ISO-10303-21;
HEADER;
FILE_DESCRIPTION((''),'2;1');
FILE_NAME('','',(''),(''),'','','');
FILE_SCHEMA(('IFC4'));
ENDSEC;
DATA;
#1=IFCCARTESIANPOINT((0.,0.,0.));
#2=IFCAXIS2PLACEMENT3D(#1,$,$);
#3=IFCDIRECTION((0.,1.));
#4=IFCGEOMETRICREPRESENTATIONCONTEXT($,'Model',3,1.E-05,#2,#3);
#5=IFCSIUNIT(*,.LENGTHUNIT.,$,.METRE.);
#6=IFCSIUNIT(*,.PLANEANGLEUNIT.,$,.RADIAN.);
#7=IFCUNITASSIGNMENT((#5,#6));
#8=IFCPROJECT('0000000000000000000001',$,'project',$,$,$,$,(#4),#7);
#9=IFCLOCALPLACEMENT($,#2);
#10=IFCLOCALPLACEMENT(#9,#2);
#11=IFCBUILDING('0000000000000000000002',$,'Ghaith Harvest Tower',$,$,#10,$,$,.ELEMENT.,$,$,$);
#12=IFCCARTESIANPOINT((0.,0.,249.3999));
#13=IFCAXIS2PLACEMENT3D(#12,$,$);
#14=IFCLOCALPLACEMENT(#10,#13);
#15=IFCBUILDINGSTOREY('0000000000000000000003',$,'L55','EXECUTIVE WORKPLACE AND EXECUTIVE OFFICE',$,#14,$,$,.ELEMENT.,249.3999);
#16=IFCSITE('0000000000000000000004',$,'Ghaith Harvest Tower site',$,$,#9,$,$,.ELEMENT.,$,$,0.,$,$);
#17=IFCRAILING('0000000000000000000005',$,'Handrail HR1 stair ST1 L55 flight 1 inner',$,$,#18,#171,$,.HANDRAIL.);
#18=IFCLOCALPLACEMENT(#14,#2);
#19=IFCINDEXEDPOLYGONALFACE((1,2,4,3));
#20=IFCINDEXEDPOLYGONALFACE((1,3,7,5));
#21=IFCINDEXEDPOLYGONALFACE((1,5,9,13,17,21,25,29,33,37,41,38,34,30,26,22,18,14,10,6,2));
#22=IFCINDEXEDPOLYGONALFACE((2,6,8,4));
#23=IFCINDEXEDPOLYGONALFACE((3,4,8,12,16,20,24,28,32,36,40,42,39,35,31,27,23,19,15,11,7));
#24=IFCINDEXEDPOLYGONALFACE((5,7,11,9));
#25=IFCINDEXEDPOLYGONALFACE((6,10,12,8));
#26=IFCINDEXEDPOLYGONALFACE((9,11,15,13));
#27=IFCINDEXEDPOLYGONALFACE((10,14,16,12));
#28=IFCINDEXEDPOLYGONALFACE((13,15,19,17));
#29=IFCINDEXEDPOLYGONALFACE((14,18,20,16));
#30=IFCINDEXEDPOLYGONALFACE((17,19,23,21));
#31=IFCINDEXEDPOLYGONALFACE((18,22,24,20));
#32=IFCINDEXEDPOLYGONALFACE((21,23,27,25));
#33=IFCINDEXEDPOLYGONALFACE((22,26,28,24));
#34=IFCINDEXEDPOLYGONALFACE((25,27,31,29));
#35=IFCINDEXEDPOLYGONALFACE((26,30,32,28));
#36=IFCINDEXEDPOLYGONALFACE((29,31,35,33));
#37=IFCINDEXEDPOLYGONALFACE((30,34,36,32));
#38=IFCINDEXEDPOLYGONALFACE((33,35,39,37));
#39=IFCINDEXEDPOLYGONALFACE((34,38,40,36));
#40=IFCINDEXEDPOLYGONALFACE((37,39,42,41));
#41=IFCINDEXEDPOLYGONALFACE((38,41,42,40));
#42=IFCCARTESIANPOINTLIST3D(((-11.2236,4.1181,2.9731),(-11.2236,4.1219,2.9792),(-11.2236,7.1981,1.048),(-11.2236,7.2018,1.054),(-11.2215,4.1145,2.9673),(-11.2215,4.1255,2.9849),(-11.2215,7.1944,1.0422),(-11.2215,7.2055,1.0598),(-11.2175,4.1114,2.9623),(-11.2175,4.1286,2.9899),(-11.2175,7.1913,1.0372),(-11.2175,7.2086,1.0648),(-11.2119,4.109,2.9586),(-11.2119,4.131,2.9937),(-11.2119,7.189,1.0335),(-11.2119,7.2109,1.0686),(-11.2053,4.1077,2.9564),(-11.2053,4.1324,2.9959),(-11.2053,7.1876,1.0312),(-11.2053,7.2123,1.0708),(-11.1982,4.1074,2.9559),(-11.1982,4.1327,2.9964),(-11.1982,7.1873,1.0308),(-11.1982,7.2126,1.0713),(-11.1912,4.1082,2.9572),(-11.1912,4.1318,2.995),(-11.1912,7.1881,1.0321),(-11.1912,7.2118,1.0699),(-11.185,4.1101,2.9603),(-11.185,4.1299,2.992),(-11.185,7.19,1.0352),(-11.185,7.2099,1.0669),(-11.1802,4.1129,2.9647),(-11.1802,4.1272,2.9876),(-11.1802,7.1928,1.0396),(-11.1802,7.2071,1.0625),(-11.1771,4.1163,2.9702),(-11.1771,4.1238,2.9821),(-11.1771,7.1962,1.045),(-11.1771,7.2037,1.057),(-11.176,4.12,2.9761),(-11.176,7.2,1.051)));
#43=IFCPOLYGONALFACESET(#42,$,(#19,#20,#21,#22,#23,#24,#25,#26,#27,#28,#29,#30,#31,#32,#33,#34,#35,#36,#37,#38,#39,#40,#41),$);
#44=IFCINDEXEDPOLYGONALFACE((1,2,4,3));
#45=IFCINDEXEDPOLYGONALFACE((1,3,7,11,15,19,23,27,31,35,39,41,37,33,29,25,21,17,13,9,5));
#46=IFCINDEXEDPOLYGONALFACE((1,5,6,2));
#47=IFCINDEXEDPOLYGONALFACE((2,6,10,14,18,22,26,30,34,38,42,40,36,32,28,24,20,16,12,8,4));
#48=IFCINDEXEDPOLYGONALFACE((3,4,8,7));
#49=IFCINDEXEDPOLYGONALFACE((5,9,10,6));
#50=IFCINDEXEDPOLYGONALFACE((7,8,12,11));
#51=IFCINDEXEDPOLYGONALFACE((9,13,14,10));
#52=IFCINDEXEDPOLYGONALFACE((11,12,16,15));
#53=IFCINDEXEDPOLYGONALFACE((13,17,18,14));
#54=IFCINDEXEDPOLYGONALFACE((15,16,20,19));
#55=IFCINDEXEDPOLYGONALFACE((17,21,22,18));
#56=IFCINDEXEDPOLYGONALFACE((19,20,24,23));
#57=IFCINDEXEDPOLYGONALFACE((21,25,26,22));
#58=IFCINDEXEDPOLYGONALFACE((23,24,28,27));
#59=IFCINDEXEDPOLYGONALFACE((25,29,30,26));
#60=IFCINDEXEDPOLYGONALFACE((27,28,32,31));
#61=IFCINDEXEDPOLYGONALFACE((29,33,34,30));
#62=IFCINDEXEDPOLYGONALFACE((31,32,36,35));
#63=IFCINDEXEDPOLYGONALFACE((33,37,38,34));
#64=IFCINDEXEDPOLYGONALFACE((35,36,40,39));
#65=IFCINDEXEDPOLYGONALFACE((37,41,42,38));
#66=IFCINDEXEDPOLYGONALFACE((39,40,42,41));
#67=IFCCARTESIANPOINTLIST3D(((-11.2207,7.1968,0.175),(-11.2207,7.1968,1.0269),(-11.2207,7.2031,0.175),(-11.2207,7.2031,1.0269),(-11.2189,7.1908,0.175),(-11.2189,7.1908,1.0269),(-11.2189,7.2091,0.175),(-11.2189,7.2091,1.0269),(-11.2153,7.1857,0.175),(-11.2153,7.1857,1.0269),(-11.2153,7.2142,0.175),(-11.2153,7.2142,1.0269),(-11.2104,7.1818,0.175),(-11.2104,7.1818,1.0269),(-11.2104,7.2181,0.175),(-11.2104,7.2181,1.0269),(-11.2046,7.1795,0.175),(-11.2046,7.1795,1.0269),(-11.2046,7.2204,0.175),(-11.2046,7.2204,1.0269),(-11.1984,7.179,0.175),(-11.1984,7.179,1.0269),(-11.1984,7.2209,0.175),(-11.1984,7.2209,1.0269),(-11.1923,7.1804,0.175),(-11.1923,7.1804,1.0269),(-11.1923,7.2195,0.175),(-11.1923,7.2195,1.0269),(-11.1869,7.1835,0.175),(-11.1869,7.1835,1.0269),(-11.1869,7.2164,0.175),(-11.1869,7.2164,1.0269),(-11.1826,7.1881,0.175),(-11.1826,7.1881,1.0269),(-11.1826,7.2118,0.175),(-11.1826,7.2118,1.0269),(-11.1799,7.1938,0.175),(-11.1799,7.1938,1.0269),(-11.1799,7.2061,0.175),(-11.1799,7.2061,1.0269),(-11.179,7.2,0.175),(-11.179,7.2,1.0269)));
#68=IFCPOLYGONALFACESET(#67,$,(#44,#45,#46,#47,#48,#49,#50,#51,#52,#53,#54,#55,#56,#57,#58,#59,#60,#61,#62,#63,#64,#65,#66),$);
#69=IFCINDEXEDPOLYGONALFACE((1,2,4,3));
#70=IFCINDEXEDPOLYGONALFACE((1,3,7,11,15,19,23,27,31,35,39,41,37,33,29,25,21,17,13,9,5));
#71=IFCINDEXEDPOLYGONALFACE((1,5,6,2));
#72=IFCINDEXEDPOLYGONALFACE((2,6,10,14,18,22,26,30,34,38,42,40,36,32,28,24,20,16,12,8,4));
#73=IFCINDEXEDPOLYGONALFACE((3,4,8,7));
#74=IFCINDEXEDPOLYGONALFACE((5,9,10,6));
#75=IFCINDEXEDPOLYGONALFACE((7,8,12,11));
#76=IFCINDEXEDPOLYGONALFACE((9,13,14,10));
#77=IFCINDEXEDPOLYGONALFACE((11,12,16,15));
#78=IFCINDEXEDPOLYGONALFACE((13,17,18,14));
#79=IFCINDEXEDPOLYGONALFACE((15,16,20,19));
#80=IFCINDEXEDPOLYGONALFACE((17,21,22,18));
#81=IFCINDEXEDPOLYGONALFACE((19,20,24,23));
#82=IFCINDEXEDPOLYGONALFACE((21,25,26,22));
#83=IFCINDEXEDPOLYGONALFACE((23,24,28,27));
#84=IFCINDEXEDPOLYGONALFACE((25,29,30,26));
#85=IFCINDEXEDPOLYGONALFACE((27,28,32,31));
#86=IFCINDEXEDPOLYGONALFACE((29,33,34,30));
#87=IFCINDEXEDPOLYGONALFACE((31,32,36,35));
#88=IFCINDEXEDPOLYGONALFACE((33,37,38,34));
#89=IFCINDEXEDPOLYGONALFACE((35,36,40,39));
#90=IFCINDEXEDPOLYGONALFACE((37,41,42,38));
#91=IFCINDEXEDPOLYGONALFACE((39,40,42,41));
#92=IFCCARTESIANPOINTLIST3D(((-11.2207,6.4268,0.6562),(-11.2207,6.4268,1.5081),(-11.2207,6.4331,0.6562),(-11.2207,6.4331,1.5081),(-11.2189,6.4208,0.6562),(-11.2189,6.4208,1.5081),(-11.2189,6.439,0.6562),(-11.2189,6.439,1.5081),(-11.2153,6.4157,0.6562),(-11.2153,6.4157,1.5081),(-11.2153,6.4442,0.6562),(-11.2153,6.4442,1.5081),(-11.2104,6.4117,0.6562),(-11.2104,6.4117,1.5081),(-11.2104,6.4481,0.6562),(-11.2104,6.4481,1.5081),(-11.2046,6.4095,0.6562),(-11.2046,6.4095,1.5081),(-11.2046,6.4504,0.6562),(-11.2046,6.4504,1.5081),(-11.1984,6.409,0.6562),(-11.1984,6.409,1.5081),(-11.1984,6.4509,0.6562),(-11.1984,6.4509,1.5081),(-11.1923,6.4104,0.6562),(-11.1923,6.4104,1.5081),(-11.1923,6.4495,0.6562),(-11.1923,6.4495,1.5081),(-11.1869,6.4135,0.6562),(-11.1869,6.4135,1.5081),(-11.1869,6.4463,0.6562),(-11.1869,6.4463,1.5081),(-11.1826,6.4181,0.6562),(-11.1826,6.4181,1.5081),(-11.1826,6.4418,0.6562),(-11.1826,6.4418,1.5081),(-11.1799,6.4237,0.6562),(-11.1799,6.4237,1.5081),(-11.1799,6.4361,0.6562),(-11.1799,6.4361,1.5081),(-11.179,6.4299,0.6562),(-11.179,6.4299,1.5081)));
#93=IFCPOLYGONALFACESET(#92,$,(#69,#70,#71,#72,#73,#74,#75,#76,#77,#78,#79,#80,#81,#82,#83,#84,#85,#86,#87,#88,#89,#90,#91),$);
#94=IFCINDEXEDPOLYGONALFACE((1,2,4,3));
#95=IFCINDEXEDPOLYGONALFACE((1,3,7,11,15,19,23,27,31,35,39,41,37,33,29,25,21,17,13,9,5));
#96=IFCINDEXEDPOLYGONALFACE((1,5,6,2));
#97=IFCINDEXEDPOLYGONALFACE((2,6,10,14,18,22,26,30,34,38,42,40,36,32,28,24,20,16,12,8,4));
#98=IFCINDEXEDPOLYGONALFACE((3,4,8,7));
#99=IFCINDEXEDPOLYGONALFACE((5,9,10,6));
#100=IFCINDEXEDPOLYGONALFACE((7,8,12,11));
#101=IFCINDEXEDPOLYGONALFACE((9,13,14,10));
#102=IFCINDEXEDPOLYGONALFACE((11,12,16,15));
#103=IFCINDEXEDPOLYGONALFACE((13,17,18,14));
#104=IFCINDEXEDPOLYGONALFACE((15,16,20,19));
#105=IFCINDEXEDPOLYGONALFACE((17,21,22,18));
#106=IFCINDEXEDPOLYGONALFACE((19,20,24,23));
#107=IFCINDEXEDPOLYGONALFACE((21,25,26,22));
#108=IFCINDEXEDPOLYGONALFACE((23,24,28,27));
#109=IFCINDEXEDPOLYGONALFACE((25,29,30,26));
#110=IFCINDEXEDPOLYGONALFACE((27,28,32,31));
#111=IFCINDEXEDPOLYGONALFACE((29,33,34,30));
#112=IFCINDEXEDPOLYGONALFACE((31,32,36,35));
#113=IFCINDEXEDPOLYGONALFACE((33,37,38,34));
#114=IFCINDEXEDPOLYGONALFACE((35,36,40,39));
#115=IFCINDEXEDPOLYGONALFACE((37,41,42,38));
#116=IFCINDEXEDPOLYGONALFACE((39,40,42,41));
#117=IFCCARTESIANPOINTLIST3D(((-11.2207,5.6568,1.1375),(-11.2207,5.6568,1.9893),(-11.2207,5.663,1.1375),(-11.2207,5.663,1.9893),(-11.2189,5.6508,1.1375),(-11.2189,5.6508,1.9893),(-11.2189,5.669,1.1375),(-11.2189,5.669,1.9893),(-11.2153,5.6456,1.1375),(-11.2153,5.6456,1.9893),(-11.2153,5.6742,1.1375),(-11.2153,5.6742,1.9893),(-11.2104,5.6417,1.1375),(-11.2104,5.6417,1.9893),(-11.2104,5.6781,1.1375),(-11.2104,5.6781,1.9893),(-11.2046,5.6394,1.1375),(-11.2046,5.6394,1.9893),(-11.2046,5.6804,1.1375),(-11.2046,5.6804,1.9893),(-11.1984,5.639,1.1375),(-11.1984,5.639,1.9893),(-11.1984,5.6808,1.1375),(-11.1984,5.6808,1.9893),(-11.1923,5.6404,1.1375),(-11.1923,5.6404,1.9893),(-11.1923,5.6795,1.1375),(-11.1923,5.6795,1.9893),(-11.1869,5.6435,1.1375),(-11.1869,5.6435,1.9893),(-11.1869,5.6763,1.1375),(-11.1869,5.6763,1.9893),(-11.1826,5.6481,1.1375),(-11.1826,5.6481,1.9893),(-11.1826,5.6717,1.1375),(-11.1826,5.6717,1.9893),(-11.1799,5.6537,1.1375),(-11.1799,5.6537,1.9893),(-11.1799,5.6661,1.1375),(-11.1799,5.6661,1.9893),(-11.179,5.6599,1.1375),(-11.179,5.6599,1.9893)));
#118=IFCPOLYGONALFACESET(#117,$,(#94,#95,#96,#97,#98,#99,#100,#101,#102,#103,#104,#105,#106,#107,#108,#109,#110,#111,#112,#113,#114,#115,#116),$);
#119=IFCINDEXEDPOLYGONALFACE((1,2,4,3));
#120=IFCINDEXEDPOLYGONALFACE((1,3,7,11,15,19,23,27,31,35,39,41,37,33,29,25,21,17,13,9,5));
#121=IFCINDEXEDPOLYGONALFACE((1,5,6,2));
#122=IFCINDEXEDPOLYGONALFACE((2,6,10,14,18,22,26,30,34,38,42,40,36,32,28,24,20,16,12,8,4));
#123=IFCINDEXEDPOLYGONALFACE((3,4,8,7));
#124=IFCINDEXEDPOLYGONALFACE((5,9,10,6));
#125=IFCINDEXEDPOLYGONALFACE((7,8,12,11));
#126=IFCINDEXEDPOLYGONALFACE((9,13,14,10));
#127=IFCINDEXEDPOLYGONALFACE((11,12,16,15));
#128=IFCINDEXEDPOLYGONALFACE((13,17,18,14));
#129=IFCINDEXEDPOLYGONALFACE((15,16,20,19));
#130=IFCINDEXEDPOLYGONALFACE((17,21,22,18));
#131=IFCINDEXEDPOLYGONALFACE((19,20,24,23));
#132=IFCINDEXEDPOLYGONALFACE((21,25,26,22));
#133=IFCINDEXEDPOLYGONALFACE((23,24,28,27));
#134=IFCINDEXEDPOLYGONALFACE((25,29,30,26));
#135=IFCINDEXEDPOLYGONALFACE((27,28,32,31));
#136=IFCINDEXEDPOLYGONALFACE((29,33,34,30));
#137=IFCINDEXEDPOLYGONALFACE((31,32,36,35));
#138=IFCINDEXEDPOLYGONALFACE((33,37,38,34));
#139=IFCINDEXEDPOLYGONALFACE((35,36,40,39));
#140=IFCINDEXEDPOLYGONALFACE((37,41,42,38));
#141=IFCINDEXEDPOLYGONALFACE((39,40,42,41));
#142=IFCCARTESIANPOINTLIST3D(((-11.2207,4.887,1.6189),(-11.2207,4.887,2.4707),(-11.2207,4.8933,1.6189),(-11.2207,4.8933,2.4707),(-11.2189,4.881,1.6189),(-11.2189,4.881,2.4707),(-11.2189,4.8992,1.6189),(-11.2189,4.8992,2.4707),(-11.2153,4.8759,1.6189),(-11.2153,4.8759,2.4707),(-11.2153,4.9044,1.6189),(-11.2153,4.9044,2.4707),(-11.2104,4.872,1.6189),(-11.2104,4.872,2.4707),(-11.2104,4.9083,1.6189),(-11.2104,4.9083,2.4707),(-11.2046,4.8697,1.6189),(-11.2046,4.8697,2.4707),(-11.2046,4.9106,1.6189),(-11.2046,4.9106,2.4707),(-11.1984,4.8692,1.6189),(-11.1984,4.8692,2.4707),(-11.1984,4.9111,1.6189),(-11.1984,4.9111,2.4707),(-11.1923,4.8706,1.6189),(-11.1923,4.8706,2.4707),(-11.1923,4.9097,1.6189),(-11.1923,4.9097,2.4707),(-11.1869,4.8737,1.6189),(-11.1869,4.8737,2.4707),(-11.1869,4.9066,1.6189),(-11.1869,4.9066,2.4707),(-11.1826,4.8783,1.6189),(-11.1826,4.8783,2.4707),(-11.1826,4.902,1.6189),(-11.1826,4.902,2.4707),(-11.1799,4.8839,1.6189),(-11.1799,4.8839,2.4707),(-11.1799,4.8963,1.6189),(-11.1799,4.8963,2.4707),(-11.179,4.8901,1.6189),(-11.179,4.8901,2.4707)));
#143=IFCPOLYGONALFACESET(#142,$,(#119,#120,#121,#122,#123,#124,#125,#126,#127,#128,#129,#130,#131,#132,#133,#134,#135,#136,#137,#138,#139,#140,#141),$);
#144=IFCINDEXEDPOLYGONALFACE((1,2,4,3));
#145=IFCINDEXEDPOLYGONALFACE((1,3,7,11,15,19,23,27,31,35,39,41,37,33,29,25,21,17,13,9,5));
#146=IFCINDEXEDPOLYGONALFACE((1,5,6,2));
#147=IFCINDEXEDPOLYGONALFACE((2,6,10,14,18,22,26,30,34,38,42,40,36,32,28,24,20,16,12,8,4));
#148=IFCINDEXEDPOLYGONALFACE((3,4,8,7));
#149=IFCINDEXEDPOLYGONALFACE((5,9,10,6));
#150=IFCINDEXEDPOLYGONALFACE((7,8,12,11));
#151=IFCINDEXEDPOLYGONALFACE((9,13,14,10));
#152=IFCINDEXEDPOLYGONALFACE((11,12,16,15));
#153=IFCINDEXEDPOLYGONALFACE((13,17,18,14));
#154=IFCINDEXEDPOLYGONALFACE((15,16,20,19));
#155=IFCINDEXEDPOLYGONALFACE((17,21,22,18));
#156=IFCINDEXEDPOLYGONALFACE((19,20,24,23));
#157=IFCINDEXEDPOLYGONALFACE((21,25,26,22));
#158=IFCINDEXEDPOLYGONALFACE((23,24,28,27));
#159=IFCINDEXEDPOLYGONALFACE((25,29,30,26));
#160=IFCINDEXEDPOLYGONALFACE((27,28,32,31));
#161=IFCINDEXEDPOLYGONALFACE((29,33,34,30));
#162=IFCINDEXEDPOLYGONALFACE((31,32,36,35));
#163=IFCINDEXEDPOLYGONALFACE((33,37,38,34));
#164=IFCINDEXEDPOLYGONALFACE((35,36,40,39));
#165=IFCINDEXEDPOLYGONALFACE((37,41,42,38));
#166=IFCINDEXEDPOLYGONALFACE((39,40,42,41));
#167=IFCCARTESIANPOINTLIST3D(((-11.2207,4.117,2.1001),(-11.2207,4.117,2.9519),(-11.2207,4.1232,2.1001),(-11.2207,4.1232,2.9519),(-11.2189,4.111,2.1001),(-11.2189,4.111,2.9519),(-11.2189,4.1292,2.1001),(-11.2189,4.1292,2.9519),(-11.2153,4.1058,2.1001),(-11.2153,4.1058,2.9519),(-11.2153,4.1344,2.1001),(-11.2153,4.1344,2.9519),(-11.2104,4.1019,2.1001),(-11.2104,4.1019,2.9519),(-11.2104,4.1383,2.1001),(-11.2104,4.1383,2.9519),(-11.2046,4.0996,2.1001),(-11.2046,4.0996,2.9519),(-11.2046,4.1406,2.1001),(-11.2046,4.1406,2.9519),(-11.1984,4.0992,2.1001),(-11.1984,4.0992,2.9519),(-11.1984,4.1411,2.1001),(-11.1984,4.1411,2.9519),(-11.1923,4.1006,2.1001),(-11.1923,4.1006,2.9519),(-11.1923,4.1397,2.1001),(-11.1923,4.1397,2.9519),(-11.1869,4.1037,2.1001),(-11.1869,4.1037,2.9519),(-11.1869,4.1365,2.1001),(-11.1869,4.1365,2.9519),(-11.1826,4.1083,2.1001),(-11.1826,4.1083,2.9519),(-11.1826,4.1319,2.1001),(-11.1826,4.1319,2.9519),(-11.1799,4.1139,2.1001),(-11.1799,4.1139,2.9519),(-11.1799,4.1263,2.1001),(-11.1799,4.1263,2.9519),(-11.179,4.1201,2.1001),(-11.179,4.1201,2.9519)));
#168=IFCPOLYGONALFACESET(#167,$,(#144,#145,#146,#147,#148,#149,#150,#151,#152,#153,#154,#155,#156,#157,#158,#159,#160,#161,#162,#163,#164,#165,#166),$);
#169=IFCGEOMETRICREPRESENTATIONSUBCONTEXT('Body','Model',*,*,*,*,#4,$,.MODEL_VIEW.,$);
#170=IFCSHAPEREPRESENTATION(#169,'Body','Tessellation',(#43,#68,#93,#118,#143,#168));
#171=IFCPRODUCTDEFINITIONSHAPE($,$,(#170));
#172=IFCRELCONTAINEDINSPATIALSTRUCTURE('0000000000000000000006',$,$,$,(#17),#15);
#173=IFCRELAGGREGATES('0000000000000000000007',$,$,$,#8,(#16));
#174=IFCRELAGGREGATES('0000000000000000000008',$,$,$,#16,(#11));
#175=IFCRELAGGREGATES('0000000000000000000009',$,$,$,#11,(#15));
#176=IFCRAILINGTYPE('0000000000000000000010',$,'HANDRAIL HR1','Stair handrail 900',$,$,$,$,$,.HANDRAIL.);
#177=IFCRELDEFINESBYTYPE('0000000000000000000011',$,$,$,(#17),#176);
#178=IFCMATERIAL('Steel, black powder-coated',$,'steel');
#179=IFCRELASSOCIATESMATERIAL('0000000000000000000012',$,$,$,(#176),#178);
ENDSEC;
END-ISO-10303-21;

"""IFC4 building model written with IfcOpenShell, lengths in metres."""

from ifc_helpers import new_model, si_unit, direction, frame, origin, origin_2d, place, context, subcontext, project, spatial, circle, extrude, material, type_object, element, save


model = new_model("IFC4")

# Units and contexts
model_context = context("Model", 3, precision=1e-05, world=origin(), true_north=direction((0.0, 1.0)))
body_context = subcontext(model_context, "Body", "Model", "MODEL_VIEW")
ifc_project = project(units=[si_unit("LENGTHUNIT", "METRE"), si_unit("PLANEANGLEUNIT", "RADIAN")], contexts=[model_context])

# Site, building, storey
site_placement = place(None, origin())
site = spatial("IfcSite", under=ifc_project, at=site_placement, Name="Ghaith Harvest Tower site", CompositionType="ELEMENT", RefElevation=0.0)
building_placement = place(site_placement, origin())
building = spatial("IfcBuilding", under=site, at=building_placement, Name="Ghaith Harvest Tower", CompositionType="ELEMENT")
storey_placement = place(building_placement, frame((0.0, 0.0, 249.3999)))
storey = spatial("IfcBuildingStorey", under=building, at=storey_placement, Name="L55", Description="EXECUTIVE WORKPLACE AND EXECUTIVE OFFICE", CompositionType="ELEMENT", Elevation=249.3999)

# Railing
ifc_material_1 = material(Name="Steel, black powder-coated", Category="steel")
railing_type = type_object("IfcRailingType", Name="HANDRAIL HR1", Description="Stair handrail 900", PredefinedType="HANDRAIL", material=ifc_material_1)
railing_1_placement = place(storey_placement, frame((-11.2, 7.2, 0.175)))
element("IfcRailing", 1, at=railing_1_placement, inside=storey, type_object=railing_type, Name="Handrail HR1 stair ST1 L55 flight 1 inner", PredefinedType="HANDRAIL", context=body_context, shape_type="SweptSolid", body=[
    extrude(circle(Radius=0.0239, at=origin_2d()), frame((0.0, 0.0, 0.876), z_axis=(0.0, -0.847979, 0.530029), x_axis=(1.0, 0.0, 0.0)), (0.0, 0.0, 1.0), 3.6321),
    extrude(circle(Radius=0.021, at=origin_2d()), origin(), (0.0, 0.0, 1.0), 0.8518),
    extrude(circle(Radius=0.021, at=origin_2d()), frame((0.0, -0.77, 0.4812)), (0.0, 0.0, 1.0), 0.8518),
    extrude(circle(Radius=0.021, at=origin_2d()), frame((0.0, -1.54, 0.9624)), (0.0, 0.0, 1.0), 0.8518),
    extrude(circle(Radius=0.021, at=origin_2d()), frame((0.0, -2.3098, 1.4438)), (0.0, 0.0, 1.0), 0.8518),
    extrude(circle(Radius=0.021, at=origin_2d()), frame((0.0, -3.0798, 1.925)), (0.0, 0.0, 1.0), 0.8518),
])

save(model, "model.ifc")
